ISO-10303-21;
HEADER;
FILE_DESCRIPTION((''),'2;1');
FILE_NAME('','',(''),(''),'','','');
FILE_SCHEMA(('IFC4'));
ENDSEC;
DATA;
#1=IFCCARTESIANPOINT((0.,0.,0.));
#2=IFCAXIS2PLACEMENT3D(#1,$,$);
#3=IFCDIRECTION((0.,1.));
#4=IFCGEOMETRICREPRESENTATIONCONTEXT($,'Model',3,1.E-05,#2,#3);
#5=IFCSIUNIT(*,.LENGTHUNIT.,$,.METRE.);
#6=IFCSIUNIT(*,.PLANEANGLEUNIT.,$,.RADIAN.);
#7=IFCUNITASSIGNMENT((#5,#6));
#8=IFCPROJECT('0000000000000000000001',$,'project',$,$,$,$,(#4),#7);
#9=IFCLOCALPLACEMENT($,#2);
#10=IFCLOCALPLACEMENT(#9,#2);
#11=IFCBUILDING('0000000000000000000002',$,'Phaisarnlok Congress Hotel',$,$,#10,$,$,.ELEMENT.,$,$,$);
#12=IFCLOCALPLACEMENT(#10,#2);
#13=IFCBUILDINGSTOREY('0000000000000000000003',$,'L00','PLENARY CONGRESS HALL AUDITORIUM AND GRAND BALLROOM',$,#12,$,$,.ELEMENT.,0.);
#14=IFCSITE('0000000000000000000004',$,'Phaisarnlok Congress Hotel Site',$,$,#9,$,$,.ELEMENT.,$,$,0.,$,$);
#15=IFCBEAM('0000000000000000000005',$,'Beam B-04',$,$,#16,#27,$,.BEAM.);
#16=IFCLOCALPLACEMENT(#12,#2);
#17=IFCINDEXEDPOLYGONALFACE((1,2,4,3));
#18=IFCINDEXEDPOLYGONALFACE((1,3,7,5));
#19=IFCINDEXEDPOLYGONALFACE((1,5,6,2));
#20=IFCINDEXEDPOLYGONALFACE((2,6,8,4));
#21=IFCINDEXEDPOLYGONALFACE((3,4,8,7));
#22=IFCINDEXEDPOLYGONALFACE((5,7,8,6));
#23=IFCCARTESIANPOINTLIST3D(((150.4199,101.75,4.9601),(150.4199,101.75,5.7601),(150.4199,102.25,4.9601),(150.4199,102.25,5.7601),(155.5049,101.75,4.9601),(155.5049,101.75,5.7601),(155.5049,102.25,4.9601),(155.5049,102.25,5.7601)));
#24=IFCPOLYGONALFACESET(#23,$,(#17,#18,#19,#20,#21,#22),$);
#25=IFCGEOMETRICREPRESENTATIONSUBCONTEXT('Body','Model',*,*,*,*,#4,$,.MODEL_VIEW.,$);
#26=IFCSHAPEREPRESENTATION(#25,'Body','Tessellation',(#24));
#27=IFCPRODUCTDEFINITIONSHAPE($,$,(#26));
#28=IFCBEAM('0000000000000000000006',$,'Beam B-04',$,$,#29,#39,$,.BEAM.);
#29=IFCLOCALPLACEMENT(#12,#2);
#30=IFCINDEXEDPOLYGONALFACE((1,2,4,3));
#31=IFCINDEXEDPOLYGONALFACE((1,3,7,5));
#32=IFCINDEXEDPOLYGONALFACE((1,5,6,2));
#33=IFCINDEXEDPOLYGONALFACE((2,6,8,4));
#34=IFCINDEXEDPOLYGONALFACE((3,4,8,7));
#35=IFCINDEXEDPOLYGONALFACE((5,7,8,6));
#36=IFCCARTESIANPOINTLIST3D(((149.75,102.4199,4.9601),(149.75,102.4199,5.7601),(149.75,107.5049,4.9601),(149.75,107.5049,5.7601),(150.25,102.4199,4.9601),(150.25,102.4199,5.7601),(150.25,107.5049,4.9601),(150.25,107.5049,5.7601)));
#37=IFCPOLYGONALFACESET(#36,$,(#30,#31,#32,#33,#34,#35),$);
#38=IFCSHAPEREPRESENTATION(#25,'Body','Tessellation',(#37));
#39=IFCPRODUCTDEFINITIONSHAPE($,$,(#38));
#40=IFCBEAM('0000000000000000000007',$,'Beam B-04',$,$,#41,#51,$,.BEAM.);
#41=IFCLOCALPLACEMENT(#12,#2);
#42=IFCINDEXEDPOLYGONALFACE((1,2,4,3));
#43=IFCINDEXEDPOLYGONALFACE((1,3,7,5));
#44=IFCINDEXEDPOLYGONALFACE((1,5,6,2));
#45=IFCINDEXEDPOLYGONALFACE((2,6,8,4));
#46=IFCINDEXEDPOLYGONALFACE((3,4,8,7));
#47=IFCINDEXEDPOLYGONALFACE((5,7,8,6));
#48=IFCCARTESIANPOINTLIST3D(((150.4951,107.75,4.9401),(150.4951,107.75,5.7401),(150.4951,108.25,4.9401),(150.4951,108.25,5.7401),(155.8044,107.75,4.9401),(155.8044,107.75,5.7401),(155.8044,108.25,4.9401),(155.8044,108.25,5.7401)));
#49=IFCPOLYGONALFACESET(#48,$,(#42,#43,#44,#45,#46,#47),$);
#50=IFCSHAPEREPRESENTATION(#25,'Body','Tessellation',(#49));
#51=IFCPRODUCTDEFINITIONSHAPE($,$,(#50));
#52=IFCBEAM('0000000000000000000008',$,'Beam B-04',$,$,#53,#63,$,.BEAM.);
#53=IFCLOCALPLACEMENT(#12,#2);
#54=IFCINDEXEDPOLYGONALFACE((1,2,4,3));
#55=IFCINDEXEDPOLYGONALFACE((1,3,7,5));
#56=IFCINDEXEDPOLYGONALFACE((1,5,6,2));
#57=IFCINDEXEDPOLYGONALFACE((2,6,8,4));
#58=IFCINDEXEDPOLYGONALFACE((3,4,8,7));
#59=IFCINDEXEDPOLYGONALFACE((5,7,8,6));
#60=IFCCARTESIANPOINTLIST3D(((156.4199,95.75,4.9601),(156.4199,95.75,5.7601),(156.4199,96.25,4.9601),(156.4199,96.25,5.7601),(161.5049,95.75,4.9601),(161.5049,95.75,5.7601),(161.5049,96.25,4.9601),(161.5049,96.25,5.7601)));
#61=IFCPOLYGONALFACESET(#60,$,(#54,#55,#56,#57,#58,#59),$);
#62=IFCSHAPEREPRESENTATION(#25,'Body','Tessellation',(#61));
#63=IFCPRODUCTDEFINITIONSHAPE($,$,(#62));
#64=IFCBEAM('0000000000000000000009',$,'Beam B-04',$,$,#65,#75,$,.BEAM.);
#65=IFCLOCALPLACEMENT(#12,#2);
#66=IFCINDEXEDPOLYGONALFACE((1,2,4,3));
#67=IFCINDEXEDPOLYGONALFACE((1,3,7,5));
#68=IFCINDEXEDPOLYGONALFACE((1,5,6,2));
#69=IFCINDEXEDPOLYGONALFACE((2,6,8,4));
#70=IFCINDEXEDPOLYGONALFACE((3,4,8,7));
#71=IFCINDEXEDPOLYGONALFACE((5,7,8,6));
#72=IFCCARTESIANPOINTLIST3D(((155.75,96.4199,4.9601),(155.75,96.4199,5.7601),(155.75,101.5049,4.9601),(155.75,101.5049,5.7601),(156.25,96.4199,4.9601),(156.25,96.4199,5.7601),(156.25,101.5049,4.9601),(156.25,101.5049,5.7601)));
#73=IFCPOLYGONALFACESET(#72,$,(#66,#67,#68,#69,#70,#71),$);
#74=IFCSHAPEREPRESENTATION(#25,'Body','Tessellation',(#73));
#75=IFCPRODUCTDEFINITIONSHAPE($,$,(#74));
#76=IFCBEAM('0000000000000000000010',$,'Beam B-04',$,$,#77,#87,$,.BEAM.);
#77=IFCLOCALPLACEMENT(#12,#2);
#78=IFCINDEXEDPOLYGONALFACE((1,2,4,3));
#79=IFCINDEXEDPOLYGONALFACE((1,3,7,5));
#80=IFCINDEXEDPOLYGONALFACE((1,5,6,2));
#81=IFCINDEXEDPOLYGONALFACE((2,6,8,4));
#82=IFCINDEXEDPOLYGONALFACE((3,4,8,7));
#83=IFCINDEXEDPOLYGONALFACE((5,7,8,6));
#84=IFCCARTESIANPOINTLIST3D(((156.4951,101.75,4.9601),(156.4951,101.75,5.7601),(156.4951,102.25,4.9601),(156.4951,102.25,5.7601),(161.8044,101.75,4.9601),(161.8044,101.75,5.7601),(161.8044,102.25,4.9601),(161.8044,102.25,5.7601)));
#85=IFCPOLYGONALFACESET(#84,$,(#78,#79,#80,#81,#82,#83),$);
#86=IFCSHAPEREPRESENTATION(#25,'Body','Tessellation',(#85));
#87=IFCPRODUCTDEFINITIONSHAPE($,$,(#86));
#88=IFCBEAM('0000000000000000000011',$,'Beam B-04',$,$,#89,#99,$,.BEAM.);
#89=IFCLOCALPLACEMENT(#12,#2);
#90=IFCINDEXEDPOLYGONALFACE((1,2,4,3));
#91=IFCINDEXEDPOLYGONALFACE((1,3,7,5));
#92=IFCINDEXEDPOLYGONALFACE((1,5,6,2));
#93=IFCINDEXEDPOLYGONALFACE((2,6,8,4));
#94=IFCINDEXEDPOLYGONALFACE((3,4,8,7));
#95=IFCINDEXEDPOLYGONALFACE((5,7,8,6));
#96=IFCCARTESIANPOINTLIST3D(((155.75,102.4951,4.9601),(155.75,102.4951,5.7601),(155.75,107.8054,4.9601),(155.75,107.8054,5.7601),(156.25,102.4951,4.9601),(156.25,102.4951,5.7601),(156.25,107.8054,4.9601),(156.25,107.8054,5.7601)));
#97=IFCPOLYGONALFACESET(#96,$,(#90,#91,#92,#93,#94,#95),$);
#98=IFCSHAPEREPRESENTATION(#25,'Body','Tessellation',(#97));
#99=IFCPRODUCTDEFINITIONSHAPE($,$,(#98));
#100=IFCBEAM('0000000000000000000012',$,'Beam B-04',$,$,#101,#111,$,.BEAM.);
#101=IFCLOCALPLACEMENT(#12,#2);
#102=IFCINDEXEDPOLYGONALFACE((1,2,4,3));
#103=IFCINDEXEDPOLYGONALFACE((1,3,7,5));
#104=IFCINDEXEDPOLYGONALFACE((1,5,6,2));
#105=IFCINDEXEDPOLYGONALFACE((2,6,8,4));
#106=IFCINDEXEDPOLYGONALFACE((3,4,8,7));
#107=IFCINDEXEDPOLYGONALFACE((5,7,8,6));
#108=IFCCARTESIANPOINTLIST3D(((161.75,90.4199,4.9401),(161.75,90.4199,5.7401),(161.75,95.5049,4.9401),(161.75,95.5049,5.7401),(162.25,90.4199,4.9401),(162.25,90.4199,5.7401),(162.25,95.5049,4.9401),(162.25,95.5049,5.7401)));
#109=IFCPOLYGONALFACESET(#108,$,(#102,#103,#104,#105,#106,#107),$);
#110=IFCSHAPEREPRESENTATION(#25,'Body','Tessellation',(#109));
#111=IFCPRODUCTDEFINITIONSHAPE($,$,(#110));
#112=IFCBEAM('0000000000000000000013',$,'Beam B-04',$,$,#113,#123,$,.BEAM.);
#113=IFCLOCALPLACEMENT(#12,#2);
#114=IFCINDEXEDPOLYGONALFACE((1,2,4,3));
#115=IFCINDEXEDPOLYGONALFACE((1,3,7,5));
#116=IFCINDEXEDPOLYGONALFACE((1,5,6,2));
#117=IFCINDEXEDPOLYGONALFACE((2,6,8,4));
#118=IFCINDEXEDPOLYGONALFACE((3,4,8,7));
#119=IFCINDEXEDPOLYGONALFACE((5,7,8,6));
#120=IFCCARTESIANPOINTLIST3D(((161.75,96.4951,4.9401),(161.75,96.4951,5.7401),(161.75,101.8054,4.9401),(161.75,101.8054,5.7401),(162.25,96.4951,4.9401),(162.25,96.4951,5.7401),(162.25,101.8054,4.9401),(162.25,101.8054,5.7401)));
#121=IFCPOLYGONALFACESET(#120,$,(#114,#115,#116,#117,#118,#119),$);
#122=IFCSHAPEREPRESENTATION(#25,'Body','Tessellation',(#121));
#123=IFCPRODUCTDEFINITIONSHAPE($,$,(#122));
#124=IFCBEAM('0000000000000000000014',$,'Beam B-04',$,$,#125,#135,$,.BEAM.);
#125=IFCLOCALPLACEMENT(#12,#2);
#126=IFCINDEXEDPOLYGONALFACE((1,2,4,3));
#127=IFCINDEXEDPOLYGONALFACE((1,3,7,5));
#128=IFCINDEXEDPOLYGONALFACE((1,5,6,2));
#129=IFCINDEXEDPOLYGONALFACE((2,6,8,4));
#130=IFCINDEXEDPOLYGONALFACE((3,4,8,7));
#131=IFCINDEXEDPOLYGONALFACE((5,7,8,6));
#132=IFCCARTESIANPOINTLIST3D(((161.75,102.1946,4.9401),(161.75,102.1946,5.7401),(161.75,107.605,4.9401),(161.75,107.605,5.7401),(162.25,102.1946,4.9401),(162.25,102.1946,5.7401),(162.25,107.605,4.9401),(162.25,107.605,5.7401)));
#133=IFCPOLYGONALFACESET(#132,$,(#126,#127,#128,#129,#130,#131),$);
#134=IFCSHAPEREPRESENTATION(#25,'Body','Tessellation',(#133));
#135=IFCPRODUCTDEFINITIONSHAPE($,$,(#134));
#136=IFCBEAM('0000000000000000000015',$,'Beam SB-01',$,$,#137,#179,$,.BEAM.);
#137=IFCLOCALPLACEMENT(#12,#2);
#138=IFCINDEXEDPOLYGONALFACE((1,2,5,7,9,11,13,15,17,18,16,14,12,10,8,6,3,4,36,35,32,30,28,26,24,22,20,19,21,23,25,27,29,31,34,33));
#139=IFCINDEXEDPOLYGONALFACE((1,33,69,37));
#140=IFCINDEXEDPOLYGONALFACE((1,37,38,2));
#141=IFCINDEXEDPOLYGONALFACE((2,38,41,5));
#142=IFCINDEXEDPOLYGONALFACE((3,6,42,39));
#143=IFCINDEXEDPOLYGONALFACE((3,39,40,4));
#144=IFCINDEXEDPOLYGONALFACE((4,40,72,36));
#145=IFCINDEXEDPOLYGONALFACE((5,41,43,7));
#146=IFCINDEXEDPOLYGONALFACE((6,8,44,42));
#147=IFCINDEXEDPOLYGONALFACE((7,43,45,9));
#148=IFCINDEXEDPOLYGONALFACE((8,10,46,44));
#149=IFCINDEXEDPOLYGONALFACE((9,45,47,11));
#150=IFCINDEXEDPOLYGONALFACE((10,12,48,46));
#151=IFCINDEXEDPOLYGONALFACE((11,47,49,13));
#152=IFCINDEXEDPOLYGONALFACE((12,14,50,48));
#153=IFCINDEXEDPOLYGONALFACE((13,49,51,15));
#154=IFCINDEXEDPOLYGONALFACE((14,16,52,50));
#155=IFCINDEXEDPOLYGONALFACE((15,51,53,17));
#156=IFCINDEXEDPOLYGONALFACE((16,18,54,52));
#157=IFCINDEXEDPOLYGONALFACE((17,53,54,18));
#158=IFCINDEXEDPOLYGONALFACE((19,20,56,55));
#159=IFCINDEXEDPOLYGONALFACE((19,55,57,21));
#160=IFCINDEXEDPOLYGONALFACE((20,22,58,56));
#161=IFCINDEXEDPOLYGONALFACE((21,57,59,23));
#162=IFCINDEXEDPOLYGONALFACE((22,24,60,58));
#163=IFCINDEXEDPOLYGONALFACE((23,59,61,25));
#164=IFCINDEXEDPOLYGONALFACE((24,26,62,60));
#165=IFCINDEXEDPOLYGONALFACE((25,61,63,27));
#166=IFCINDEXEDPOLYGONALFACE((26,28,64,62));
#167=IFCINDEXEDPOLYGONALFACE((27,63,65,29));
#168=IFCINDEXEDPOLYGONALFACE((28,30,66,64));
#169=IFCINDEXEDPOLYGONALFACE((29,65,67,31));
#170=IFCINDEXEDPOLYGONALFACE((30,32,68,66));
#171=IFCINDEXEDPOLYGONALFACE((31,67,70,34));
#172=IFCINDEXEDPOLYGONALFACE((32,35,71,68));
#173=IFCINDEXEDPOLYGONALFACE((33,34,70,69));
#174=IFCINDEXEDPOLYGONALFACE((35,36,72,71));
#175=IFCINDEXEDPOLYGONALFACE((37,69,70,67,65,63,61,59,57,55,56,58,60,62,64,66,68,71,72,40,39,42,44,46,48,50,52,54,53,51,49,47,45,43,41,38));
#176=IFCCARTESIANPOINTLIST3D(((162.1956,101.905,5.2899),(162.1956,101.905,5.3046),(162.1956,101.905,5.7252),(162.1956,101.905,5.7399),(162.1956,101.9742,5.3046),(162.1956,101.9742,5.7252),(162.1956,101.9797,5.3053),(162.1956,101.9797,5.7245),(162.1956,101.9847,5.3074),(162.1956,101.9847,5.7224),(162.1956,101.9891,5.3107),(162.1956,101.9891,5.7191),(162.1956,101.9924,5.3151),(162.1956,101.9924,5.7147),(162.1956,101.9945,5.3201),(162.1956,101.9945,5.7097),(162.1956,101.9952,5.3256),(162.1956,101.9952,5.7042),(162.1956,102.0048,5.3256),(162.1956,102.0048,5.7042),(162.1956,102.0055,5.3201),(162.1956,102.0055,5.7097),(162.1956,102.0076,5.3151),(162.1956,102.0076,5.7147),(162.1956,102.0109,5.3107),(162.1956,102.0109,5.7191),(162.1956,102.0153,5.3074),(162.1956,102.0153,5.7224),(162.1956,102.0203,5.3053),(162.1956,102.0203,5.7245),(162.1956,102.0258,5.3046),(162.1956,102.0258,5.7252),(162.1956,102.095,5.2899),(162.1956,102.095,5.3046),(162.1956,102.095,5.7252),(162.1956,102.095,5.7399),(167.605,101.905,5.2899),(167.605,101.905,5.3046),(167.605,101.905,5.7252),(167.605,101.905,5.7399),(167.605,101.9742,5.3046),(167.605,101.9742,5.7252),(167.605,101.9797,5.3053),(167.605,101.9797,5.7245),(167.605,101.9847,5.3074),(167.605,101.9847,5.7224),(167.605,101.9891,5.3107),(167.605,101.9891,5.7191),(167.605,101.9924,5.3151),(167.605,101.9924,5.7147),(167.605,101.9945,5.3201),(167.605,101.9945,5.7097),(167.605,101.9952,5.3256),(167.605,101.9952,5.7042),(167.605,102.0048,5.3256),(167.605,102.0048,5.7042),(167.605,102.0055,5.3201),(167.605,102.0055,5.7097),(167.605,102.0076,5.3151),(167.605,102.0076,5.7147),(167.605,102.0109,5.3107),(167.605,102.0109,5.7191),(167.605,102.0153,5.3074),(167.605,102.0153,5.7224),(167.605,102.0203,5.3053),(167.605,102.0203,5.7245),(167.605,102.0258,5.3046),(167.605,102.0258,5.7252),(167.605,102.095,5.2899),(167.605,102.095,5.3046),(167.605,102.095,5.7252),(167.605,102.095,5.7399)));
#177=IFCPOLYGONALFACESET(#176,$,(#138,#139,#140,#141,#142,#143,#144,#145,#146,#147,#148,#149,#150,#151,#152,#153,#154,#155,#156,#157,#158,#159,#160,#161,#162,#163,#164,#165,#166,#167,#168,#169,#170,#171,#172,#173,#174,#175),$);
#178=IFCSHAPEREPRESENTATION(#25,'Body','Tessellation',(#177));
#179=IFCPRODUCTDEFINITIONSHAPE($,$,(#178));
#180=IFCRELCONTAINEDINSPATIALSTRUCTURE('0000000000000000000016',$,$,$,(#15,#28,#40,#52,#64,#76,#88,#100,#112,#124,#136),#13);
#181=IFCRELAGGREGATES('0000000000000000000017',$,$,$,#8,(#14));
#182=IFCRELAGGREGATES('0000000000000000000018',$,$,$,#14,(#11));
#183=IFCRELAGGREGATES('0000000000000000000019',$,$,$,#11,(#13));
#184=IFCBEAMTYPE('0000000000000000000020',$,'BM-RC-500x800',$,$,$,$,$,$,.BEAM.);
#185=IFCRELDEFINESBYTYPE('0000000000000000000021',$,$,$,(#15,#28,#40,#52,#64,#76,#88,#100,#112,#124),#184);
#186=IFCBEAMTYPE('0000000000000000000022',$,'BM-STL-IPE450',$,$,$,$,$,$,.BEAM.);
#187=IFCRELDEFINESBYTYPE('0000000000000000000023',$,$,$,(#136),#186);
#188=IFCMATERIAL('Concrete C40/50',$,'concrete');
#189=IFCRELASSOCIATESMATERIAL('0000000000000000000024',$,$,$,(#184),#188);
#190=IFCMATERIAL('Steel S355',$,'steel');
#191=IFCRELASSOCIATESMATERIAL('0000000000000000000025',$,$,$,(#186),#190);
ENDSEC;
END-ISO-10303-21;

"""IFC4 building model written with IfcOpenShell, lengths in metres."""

from ifc_helpers import new_model, si_unit, direction, frame, origin, origin_2d, place, context, subcontext, project, spatial, rectangle, i_section, extrude, material, material_profile, profile_set, type_object, element, save


model = new_model("IFC4")

# Units and contexts
model_context = context("Model", 3, precision=1e-05, world=origin(), true_north=direction((0.0, 1.0)))
body_context = subcontext(model_context, "Body", "Model", "MODEL_VIEW")
ifc_project = project(units=[si_unit("LENGTHUNIT", "METRE"), si_unit("PLANEANGLEUNIT", "RADIAN")], contexts=[model_context])

# Site, building, storey
site_placement = place(None, origin())
site = spatial("IfcSite", under=ifc_project, at=site_placement, Name="Phaisarnlok Congress Hotel Site", CompositionType="ELEMENT", RefElevation=0.0)
building_placement = place(site_placement, origin())
building = spatial("IfcBuilding", under=site, at=building_placement, Name="Phaisarnlok Congress Hotel", CompositionType="ELEMENT")
storey_placement = place(building_placement, origin())
storey = spatial("IfcBuildingStorey", under=building, at=storey_placement, Name="L00", Description="PLENARY CONGRESS HALL AUDITORIUM AND GRAND BALLROOM", CompositionType="ELEMENT", Elevation=0.0)

# Shared definitions
ifc_material_1 = material(Name="Steel S355", Category="steel")

# Beams
ifc_material_2 = material(Name="Concrete C40/50", Category="concrete")
ifc_material_profile_1 = material_profile(ifc_material_2, rectangle(XDim=0.5, YDim=0.8, at=origin_2d()), Name="RC 500x800")
ifc_profile_set_1 = profile_set([ifc_material_profile_1], Name="Concrete C40/50")
beam_type_1 = type_object("IfcBeamType", Name="BM-RC-500x800", PredefinedType="BEAM", material=ifc_profile_set_1)
for number, where, z_axis, x_axis, name in (
    (1, (150.4199, 102.0, 5.3601), (1.0, 0.0, 0.0), (0.0, 1.0, 0.0), "Beam B-04"),
    (2, (150.0, 102.4199, 5.3601), (0.0, 1.0, 0.0), (-1.0, 0.0, 0.0), "Beam B-04"),
):
    element("IfcBeam", number, at=place(storey_placement, frame(where, z_axis=z_axis, x_axis=x_axis)), inside=storey, type_object=beam_type_1, Name=name, PredefinedType="BEAM", context=body_context, shape_type="SweptSolid", body=[
        extrude(rectangle(XDim=0.5, YDim=0.8, at=origin_2d()), origin(), (0.0, 0.0, 1.0), 5.085),
    ])
beam_1_placement = place(storey_placement, frame((150.4951, 108.0, 5.3401), z_axis=(1.0, 0.0, 0.0), x_axis=(0.0, 1.0, 0.0)))
element("IfcBeam", 3, at=beam_1_placement, inside=storey, type_object=beam_type_1, Name="Beam B-04", PredefinedType="BEAM", context=body_context, shape_type="SweptSolid", body=[
    extrude(rectangle(XDim=0.5, YDim=0.8, at=origin_2d()), origin(), (0.0, 0.0, 1.0), 5.3093),
])
for number, where, z_axis, x_axis, name in (
    (4, (156.4199, 96.0, 5.3601), (1.0, 0.0, 0.0), (0.0, 1.0, 0.0), "Beam B-04"),
    (5, (156.0, 96.4199, 5.3601), (0.0, 1.0, 0.0), (-1.0, 0.0, 0.0), "Beam B-04"),
):
    element("IfcBeam", number, at=place(storey_placement, frame(where, z_axis=z_axis, x_axis=x_axis)), inside=storey, type_object=beam_type_1, Name=name, PredefinedType="BEAM", context=body_context, shape_type="SweptSolid", body=[
        extrude(rectangle(XDim=0.5, YDim=0.8, at=origin_2d()), origin(), (0.0, 0.0, 1.0), 5.085),
    ])
beam_2_placement = place(storey_placement, frame((156.4951, 102.0, 5.3601), z_axis=(1.0, 0.0, 0.0), x_axis=(0.0, 1.0, 0.0)))
element("IfcBeam", 6, at=beam_2_placement, inside=storey, type_object=beam_type_1, Name="Beam B-04", PredefinedType="BEAM", context=body_context, shape_type="SweptSolid", body=[
    extrude(rectangle(XDim=0.5, YDim=0.8, at=origin_2d()), origin(), (0.0, 0.0, 1.0), 5.3093),
])
beam_3_placement = place(storey_placement, frame((156.0, 102.4951, 5.3601), z_axis=(0.0, 1.0, 0.0), x_axis=(-1.0, 0.0, 0.0)))
element("IfcBeam", 7, at=beam_3_placement, inside=storey, type_object=beam_type_1, Name="Beam B-04", PredefinedType="BEAM", context=body_context, shape_type="SweptSolid", body=[
    extrude(rectangle(XDim=0.5, YDim=0.8, at=origin_2d()), origin(), (0.0, 0.0, 1.0), 5.3103),
])
beam_4_placement = place(storey_placement, frame((162.0, 90.4199, 5.3401), z_axis=(0.0, 1.0, 0.0), x_axis=(-1.0, 0.0, 0.0)))
element("IfcBeam", 8, at=beam_4_placement, inside=storey, type_object=beam_type_1, Name="Beam B-04", PredefinedType="BEAM", context=body_context, shape_type="SweptSolid", body=[
    extrude(rectangle(XDim=0.5, YDim=0.8, at=origin_2d()), origin(), (0.0, 0.0, 1.0), 5.085),
])
beam_5_placement = place(storey_placement, frame((162.0, 96.4951, 5.3401), z_axis=(0.0, 1.0, 0.0), x_axis=(-1.0, 0.0, 0.0)))
element("IfcBeam", 9, at=beam_5_placement, inside=storey, type_object=beam_type_1, Name="Beam B-04", PredefinedType="BEAM", context=body_context, shape_type="SweptSolid", body=[
    extrude(rectangle(XDim=0.5, YDim=0.8, at=origin_2d()), origin(), (0.0, 0.0, 1.0), 5.3103),
])
beam_6_placement = place(storey_placement, frame((162.0, 102.1946, 5.3401), z_axis=(0.0, 1.0, 0.0), x_axis=(-1.0, 0.0, 0.0)))
element("IfcBeam", 10, at=beam_6_placement, inside=storey, type_object=beam_type_1, Name="Beam B-04", PredefinedType="BEAM", context=body_context, shape_type="SweptSolid", body=[
    extrude(rectangle(XDim=0.5, YDim=0.8, at=origin_2d()), origin(), (0.0, 0.0, 1.0), 5.4104),
])
ifc_material_profile_2 = material_profile(ifc_material_1, i_section(OverallWidth=0.1899, OverallDepth=0.45, WebThickness=0.0095, FlangeThickness=0.0146, FilletRadius=0.021, at=origin_2d()), Name="IPE 450")
ifc_profile_set_2 = profile_set([ifc_material_profile_2], Name="Steel S355")
beam_type_2 = type_object("IfcBeamType", Name="BM-STL-IPE450", PredefinedType="BEAM", material=ifc_profile_set_2)
beam_7_placement = place(storey_placement, frame((162.1956, 102.0, 5.5149), z_axis=(1.0, 0.0, 0.0), x_axis=(0.0, 1.0, 0.0)))
element("IfcBeam", 11, at=beam_7_placement, inside=storey, type_object=beam_type_2, Name="Beam SB-01", PredefinedType="BEAM", context=body_context, shape_type="SweptSolid", body=[
    extrude(i_section(OverallWidth=0.1899, OverallDepth=0.45, WebThickness=0.0095, FlangeThickness=0.0146, FilletRadius=0.021, at=origin_2d()), origin(), (0.0, 0.0, 1.0), 5.4094),
])

save(model, "model.ifc")
